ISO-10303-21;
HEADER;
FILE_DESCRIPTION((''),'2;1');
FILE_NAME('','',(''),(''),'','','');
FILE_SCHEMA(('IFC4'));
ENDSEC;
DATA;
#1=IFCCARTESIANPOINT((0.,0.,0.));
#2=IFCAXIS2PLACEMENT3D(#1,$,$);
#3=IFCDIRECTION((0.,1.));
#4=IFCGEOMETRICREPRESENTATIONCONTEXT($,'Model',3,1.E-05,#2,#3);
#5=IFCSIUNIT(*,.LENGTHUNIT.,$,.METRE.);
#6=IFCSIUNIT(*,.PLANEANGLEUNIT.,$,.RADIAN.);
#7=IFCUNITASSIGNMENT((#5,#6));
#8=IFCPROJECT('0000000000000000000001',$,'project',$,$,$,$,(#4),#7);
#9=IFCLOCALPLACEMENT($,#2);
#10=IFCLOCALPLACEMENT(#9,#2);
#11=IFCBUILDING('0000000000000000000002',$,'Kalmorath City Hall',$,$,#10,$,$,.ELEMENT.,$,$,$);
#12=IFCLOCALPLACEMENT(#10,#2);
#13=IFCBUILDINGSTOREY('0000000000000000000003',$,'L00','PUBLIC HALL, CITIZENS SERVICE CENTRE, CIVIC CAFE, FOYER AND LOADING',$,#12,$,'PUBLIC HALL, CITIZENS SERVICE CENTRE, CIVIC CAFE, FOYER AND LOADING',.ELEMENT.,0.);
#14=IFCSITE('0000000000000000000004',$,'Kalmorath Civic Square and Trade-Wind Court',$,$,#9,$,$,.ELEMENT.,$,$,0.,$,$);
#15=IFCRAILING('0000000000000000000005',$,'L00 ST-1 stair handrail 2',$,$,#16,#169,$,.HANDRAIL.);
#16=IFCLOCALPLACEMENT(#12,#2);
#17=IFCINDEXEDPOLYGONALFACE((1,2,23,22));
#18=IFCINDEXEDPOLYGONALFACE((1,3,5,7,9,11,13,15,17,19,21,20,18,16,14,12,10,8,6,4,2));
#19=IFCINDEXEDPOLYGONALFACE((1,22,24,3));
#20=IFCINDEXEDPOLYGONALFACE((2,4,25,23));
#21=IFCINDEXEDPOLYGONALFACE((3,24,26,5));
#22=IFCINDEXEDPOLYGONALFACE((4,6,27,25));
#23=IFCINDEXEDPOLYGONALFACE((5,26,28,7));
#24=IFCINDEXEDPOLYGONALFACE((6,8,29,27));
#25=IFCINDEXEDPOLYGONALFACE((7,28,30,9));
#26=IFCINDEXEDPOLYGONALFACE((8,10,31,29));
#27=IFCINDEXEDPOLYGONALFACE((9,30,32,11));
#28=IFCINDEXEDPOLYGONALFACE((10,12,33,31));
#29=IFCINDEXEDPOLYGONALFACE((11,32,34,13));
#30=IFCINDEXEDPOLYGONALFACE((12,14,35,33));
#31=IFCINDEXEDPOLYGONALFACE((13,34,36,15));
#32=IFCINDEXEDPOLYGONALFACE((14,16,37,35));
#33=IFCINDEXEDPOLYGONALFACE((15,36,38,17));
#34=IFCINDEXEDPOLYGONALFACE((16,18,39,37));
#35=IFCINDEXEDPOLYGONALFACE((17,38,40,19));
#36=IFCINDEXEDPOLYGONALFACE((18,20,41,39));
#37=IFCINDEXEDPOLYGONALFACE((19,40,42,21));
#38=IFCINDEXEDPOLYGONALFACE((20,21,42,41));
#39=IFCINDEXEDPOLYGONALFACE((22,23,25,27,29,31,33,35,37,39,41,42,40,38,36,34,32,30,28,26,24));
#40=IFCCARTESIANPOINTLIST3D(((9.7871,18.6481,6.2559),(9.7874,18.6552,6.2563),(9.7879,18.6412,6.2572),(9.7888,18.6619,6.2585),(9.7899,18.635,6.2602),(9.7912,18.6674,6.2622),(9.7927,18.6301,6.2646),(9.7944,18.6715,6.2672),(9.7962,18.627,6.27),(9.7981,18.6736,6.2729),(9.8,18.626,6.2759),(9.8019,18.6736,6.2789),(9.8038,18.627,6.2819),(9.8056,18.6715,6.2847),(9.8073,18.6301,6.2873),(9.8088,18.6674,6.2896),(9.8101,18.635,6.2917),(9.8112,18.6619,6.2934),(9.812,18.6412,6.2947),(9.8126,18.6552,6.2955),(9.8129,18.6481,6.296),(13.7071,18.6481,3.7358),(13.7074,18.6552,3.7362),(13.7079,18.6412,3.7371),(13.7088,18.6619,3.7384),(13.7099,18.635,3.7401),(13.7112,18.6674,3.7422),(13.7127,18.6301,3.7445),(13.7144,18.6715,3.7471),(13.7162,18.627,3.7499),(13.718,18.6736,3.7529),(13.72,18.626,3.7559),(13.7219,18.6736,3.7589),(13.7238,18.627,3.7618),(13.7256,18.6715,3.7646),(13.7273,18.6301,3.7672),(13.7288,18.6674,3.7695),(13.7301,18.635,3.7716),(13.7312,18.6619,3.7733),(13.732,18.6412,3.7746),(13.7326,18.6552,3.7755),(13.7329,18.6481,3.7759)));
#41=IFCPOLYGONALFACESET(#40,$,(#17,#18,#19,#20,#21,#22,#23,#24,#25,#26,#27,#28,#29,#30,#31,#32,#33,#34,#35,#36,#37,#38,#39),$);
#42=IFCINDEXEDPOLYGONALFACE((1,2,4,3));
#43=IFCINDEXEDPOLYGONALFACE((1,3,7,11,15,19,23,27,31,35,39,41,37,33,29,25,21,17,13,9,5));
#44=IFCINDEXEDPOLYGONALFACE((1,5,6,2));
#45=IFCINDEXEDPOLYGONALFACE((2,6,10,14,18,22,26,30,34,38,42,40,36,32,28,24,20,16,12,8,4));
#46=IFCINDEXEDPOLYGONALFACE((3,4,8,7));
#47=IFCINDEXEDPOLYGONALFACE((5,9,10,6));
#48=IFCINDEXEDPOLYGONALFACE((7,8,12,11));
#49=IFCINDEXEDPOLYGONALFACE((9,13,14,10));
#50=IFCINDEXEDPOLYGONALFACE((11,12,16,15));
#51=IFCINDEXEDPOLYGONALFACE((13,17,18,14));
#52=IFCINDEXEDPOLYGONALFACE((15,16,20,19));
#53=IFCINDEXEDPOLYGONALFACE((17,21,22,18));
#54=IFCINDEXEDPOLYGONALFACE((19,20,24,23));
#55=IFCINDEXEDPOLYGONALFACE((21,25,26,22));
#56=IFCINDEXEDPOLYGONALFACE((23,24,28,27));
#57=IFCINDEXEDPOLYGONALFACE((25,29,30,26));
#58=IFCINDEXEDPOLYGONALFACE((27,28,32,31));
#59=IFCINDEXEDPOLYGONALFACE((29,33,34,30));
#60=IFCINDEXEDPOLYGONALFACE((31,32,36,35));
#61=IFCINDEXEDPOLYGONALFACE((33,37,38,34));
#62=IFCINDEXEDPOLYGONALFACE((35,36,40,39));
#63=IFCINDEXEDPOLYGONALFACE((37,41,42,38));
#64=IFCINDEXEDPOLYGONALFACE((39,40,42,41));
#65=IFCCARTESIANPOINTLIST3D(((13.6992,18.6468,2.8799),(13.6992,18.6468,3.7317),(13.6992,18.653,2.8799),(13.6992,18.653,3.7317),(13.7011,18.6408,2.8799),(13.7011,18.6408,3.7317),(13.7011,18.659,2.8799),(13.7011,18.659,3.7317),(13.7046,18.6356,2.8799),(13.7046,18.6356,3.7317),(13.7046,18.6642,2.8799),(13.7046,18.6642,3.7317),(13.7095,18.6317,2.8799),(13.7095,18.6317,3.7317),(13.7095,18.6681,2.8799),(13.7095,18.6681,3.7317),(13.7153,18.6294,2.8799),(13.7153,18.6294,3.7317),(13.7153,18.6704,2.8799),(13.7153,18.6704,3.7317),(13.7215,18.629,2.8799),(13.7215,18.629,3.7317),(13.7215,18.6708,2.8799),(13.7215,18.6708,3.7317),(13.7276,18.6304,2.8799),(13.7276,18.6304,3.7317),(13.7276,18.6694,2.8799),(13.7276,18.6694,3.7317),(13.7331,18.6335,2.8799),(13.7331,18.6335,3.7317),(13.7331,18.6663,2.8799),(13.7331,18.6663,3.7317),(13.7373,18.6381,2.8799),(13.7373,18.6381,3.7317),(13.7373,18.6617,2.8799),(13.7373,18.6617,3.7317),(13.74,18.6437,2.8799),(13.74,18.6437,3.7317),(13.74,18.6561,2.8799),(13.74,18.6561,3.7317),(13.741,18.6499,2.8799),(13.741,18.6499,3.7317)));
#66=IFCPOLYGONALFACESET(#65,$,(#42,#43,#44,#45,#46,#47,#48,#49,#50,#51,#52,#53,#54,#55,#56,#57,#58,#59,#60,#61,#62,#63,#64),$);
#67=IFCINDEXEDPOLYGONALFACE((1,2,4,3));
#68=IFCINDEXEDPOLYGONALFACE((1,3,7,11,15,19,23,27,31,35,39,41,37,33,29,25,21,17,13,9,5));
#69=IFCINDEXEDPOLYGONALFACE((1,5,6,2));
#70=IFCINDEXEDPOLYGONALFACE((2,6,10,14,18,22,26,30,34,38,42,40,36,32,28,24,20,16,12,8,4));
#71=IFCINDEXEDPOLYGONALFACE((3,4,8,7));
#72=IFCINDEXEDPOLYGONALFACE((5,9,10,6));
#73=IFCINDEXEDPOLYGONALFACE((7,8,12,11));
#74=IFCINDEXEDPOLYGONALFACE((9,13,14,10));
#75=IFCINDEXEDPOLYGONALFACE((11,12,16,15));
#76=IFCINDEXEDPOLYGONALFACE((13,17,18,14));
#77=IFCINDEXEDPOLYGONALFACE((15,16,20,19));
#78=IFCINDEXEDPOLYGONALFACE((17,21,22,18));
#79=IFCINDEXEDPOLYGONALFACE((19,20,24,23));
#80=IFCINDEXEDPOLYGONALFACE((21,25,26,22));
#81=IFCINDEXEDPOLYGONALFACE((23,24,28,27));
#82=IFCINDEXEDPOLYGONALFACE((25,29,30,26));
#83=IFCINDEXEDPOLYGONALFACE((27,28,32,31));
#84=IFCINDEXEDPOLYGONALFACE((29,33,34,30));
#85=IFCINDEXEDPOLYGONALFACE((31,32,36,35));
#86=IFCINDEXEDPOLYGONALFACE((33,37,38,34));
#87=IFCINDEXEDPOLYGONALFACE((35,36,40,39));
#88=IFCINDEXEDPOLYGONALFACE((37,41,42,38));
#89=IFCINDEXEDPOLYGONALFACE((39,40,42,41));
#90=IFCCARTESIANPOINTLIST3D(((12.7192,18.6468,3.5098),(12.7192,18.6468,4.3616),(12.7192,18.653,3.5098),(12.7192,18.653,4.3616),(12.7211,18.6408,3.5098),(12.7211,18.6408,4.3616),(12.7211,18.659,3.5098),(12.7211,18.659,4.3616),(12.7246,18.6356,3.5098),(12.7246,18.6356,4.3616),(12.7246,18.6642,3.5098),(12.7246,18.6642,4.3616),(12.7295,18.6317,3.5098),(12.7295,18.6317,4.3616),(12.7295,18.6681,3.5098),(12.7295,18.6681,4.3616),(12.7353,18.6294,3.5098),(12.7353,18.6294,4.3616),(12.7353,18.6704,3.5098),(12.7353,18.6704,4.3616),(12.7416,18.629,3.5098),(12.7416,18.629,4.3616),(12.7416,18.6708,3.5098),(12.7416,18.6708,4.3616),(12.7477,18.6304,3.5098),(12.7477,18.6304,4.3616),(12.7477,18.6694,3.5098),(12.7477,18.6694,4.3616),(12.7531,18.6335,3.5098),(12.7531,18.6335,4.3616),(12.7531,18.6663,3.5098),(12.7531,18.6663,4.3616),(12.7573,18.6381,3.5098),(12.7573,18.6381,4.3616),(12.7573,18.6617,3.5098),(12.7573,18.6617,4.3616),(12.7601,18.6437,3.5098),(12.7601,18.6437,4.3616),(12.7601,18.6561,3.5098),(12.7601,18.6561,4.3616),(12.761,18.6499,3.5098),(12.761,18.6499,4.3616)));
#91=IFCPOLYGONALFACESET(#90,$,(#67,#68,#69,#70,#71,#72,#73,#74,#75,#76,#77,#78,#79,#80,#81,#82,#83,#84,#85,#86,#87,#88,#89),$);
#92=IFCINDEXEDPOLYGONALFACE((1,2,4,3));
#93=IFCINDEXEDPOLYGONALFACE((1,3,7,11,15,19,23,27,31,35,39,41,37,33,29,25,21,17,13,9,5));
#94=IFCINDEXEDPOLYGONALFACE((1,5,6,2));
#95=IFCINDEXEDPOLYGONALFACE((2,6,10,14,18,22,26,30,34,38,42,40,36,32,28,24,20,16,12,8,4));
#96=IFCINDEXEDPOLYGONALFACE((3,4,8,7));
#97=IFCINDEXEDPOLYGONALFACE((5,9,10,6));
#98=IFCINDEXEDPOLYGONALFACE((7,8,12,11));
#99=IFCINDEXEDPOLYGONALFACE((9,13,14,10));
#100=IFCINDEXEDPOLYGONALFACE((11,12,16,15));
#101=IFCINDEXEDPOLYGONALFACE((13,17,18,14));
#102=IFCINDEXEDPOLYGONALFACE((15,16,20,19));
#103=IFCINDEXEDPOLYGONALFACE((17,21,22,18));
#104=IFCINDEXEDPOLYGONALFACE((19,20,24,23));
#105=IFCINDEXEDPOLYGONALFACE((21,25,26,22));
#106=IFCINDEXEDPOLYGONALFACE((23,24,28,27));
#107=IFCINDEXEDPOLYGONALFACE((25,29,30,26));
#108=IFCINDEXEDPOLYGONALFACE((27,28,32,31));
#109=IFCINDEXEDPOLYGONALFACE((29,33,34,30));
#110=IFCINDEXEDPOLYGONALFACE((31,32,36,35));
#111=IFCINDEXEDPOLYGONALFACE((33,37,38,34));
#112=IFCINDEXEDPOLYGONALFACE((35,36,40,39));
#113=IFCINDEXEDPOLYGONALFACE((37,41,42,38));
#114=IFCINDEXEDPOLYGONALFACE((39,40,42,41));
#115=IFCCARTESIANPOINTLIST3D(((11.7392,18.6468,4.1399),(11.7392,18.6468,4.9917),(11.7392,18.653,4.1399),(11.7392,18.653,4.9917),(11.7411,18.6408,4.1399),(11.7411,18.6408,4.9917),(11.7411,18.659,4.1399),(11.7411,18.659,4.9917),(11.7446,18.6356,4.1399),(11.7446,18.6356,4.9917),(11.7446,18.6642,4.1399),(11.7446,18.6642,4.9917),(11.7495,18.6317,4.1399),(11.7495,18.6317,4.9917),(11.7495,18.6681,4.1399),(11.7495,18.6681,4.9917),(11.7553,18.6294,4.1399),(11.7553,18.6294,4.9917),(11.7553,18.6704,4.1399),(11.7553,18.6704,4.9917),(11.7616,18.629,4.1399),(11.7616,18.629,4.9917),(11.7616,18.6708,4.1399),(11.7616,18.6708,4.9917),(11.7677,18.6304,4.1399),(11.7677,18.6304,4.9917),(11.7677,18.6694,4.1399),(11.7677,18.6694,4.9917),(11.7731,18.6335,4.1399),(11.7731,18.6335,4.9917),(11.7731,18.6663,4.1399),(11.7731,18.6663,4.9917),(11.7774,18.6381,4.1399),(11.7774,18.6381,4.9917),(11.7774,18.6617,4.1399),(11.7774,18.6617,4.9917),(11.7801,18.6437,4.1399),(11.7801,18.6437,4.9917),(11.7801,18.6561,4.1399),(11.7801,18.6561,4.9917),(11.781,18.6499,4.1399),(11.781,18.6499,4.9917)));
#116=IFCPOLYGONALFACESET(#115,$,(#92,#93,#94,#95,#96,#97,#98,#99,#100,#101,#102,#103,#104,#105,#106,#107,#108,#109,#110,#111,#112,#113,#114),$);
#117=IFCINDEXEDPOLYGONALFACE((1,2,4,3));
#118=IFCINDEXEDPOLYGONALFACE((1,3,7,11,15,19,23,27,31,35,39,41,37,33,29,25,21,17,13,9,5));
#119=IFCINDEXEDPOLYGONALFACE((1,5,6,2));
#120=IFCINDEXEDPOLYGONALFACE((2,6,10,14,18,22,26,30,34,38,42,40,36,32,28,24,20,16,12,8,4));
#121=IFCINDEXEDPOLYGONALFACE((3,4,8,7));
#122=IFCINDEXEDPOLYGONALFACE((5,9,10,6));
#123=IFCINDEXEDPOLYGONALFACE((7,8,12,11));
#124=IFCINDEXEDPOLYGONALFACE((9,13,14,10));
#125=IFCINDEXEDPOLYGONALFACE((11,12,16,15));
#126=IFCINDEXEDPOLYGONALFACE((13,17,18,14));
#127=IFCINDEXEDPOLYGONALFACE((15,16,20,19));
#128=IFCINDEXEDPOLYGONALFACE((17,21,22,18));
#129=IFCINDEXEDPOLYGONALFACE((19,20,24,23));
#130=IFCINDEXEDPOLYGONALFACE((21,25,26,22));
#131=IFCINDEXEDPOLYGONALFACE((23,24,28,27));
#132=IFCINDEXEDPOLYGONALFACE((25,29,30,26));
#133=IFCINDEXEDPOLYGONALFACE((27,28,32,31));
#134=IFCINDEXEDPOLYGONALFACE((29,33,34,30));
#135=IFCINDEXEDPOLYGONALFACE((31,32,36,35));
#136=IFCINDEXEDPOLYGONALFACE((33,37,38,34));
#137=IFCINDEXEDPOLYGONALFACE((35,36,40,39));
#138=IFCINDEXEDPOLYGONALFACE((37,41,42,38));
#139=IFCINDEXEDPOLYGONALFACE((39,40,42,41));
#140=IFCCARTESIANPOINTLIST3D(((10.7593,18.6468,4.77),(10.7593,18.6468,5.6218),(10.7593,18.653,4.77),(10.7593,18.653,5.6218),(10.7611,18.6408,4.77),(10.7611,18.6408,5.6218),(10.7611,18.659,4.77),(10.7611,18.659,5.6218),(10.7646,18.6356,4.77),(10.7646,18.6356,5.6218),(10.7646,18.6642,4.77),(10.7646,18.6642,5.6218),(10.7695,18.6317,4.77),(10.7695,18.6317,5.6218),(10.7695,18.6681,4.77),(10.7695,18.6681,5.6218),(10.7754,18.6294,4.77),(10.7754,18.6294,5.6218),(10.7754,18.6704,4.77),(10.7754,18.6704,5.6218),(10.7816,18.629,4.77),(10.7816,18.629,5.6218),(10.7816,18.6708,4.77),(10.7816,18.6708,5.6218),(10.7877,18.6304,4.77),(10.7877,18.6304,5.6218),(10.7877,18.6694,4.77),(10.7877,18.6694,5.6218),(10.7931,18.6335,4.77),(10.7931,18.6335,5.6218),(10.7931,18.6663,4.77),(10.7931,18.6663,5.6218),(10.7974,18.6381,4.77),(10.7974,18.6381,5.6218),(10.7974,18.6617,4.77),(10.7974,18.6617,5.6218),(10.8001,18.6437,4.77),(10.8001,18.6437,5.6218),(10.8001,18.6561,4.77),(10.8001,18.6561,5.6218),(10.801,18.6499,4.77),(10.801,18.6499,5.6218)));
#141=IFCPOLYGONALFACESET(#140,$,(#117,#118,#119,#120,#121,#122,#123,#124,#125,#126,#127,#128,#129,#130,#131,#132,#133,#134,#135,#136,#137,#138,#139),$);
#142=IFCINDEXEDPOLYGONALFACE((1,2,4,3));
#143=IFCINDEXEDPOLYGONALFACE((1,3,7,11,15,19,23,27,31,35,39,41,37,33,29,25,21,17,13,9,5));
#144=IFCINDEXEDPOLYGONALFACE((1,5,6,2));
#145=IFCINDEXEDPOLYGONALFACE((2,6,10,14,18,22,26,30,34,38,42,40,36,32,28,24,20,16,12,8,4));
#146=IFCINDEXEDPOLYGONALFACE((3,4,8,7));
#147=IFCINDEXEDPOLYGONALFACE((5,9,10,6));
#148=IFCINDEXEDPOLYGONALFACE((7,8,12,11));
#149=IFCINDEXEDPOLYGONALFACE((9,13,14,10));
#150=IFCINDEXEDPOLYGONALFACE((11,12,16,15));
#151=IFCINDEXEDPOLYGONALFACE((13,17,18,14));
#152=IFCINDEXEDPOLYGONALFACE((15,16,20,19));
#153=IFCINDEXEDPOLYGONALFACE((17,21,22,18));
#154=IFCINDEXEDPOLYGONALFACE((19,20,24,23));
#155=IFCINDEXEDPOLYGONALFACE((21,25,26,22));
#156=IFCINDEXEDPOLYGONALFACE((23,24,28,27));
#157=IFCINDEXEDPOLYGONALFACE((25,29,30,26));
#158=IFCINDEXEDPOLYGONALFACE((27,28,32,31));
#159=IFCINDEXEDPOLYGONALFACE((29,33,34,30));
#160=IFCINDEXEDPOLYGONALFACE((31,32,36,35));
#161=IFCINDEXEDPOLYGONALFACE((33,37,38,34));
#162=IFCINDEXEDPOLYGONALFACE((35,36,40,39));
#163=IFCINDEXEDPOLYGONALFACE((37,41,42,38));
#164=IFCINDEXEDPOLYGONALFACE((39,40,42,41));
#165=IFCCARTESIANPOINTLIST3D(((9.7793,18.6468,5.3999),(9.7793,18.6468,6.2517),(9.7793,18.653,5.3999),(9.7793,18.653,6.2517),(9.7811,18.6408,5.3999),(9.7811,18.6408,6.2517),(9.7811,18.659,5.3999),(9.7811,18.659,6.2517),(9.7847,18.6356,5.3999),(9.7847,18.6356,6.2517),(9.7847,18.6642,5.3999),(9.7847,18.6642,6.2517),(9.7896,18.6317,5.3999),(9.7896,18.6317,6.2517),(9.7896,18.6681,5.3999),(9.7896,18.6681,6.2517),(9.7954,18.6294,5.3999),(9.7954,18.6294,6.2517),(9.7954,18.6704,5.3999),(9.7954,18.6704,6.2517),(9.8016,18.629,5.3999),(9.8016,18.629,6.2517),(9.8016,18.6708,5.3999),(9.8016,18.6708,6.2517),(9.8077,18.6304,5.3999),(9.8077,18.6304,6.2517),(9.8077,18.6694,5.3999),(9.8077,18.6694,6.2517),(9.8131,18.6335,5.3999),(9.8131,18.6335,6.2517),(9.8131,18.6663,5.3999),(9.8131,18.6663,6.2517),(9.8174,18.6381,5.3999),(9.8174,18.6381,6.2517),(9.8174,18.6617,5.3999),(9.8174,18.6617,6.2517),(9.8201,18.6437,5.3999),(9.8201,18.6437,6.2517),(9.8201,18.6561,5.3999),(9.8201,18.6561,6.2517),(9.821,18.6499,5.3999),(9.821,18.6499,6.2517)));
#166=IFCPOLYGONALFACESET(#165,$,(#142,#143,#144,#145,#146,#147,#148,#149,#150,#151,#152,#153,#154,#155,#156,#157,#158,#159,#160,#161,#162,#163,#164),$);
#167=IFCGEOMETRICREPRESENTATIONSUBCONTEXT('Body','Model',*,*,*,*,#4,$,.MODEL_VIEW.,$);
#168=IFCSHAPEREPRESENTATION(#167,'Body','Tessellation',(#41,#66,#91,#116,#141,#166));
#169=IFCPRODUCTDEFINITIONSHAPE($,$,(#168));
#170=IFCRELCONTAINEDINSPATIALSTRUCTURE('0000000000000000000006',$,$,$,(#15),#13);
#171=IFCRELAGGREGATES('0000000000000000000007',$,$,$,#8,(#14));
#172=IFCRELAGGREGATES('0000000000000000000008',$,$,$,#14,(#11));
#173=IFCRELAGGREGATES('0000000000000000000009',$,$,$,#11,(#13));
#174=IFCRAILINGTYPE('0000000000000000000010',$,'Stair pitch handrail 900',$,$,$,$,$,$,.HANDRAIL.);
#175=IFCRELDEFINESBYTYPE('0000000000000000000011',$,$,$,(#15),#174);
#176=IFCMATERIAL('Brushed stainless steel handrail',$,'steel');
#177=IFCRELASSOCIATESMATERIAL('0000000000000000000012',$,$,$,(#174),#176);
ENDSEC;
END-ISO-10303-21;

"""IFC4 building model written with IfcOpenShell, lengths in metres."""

from ifc_helpers import new_model, si_unit, direction, frame, origin, origin_2d, place, context, subcontext, project, spatial, circle, extrude, material, type_object, element, save


model = new_model("IFC4")

# Units and contexts
model_context = context("Model", 3, precision=1e-05, world=origin(), true_north=direction((0.0, 1.0)))
body_context = subcontext(model_context, "Body", "Model", "MODEL_VIEW")
ifc_project = project(units=[si_unit("LENGTHUNIT", "METRE"), si_unit("PLANEANGLEUNIT", "RADIAN")], contexts=[model_context])

# Site, building, storey
site_placement = place(None, origin())
site = spatial("IfcSite", under=ifc_project, at=site_placement, Name="Kalmorath Civic Square and Trade-Wind Court", CompositionType="ELEMENT", RefElevation=0.0)
building_placement = place(site_placement, origin())
building = spatial("IfcBuilding", under=site, at=building_placement, Name="Kalmorath City Hall", CompositionType="ELEMENT")
storey_placement = place(building_placement, origin())
storey = spatial("IfcBuildingStorey", under=building, at=storey_placement, Name="L00", Description="PUBLIC HALL, CITIZENS SERVICE CENTRE, CIVIC CAFE, FOYER AND LOADING", LongName="PUBLIC HALL, CITIZENS SERVICE CENTRE, CIVIC CAFE, FOYER AND LOADING", CompositionType="ELEMENT", Elevation=0.0)

# Railing
ifc_material_1 = material(Name="Brushed stainless steel handrail", Category="steel")
railing_type_1 = type_object("IfcRailingType", Name="Stair pitch handrail 900", PredefinedType="HANDRAIL", material=ifc_material_1)
railing_1_placement = place(storey_placement, frame((13.72, 18.6499, 2.8799)))
element("IfcRailing", 1, at=railing_1_placement, inside=storey, type_object=railing_type_1, Name="L00 ST-1 stair handrail 2", PredefinedType="HANDRAIL", context=body_context, shape_type="SweptSolid", body=[
    extrude(circle(Radius=0.0239, at=origin_2d()), frame((0.0, 0.0, 0.876), z_axis=(-0.841172, 0.0, 0.540768), x_axis=(0.0, -1.0, 0.0)), (0.0, 0.0, 1.0), 4.6602),
    extrude(circle(Radius=0.021, at=origin_2d()), origin(), (0.0, 0.0, 1.0), 0.8518),
    extrude(circle(Radius=0.021, at=origin_2d()), frame((-0.98, 0.0, 0.6299)), (0.0, 0.0, 1.0), 0.8518),
    extrude(circle(Radius=0.021, at=origin_2d()), frame((-1.96, 0.0, 1.26)), (0.0, 0.0, 1.0), 0.8518),
    extrude(circle(Radius=0.021, at=origin_2d()), frame((-2.9399, 0.0, 1.8901)), (0.0, 0.0, 1.0), 0.8518),
    extrude(circle(Radius=0.021, at=origin_2d()), frame((-3.9199, 0.0, 2.52)), (0.0, 0.0, 1.0), 0.8518),
])

save(model, "model.ifc")
